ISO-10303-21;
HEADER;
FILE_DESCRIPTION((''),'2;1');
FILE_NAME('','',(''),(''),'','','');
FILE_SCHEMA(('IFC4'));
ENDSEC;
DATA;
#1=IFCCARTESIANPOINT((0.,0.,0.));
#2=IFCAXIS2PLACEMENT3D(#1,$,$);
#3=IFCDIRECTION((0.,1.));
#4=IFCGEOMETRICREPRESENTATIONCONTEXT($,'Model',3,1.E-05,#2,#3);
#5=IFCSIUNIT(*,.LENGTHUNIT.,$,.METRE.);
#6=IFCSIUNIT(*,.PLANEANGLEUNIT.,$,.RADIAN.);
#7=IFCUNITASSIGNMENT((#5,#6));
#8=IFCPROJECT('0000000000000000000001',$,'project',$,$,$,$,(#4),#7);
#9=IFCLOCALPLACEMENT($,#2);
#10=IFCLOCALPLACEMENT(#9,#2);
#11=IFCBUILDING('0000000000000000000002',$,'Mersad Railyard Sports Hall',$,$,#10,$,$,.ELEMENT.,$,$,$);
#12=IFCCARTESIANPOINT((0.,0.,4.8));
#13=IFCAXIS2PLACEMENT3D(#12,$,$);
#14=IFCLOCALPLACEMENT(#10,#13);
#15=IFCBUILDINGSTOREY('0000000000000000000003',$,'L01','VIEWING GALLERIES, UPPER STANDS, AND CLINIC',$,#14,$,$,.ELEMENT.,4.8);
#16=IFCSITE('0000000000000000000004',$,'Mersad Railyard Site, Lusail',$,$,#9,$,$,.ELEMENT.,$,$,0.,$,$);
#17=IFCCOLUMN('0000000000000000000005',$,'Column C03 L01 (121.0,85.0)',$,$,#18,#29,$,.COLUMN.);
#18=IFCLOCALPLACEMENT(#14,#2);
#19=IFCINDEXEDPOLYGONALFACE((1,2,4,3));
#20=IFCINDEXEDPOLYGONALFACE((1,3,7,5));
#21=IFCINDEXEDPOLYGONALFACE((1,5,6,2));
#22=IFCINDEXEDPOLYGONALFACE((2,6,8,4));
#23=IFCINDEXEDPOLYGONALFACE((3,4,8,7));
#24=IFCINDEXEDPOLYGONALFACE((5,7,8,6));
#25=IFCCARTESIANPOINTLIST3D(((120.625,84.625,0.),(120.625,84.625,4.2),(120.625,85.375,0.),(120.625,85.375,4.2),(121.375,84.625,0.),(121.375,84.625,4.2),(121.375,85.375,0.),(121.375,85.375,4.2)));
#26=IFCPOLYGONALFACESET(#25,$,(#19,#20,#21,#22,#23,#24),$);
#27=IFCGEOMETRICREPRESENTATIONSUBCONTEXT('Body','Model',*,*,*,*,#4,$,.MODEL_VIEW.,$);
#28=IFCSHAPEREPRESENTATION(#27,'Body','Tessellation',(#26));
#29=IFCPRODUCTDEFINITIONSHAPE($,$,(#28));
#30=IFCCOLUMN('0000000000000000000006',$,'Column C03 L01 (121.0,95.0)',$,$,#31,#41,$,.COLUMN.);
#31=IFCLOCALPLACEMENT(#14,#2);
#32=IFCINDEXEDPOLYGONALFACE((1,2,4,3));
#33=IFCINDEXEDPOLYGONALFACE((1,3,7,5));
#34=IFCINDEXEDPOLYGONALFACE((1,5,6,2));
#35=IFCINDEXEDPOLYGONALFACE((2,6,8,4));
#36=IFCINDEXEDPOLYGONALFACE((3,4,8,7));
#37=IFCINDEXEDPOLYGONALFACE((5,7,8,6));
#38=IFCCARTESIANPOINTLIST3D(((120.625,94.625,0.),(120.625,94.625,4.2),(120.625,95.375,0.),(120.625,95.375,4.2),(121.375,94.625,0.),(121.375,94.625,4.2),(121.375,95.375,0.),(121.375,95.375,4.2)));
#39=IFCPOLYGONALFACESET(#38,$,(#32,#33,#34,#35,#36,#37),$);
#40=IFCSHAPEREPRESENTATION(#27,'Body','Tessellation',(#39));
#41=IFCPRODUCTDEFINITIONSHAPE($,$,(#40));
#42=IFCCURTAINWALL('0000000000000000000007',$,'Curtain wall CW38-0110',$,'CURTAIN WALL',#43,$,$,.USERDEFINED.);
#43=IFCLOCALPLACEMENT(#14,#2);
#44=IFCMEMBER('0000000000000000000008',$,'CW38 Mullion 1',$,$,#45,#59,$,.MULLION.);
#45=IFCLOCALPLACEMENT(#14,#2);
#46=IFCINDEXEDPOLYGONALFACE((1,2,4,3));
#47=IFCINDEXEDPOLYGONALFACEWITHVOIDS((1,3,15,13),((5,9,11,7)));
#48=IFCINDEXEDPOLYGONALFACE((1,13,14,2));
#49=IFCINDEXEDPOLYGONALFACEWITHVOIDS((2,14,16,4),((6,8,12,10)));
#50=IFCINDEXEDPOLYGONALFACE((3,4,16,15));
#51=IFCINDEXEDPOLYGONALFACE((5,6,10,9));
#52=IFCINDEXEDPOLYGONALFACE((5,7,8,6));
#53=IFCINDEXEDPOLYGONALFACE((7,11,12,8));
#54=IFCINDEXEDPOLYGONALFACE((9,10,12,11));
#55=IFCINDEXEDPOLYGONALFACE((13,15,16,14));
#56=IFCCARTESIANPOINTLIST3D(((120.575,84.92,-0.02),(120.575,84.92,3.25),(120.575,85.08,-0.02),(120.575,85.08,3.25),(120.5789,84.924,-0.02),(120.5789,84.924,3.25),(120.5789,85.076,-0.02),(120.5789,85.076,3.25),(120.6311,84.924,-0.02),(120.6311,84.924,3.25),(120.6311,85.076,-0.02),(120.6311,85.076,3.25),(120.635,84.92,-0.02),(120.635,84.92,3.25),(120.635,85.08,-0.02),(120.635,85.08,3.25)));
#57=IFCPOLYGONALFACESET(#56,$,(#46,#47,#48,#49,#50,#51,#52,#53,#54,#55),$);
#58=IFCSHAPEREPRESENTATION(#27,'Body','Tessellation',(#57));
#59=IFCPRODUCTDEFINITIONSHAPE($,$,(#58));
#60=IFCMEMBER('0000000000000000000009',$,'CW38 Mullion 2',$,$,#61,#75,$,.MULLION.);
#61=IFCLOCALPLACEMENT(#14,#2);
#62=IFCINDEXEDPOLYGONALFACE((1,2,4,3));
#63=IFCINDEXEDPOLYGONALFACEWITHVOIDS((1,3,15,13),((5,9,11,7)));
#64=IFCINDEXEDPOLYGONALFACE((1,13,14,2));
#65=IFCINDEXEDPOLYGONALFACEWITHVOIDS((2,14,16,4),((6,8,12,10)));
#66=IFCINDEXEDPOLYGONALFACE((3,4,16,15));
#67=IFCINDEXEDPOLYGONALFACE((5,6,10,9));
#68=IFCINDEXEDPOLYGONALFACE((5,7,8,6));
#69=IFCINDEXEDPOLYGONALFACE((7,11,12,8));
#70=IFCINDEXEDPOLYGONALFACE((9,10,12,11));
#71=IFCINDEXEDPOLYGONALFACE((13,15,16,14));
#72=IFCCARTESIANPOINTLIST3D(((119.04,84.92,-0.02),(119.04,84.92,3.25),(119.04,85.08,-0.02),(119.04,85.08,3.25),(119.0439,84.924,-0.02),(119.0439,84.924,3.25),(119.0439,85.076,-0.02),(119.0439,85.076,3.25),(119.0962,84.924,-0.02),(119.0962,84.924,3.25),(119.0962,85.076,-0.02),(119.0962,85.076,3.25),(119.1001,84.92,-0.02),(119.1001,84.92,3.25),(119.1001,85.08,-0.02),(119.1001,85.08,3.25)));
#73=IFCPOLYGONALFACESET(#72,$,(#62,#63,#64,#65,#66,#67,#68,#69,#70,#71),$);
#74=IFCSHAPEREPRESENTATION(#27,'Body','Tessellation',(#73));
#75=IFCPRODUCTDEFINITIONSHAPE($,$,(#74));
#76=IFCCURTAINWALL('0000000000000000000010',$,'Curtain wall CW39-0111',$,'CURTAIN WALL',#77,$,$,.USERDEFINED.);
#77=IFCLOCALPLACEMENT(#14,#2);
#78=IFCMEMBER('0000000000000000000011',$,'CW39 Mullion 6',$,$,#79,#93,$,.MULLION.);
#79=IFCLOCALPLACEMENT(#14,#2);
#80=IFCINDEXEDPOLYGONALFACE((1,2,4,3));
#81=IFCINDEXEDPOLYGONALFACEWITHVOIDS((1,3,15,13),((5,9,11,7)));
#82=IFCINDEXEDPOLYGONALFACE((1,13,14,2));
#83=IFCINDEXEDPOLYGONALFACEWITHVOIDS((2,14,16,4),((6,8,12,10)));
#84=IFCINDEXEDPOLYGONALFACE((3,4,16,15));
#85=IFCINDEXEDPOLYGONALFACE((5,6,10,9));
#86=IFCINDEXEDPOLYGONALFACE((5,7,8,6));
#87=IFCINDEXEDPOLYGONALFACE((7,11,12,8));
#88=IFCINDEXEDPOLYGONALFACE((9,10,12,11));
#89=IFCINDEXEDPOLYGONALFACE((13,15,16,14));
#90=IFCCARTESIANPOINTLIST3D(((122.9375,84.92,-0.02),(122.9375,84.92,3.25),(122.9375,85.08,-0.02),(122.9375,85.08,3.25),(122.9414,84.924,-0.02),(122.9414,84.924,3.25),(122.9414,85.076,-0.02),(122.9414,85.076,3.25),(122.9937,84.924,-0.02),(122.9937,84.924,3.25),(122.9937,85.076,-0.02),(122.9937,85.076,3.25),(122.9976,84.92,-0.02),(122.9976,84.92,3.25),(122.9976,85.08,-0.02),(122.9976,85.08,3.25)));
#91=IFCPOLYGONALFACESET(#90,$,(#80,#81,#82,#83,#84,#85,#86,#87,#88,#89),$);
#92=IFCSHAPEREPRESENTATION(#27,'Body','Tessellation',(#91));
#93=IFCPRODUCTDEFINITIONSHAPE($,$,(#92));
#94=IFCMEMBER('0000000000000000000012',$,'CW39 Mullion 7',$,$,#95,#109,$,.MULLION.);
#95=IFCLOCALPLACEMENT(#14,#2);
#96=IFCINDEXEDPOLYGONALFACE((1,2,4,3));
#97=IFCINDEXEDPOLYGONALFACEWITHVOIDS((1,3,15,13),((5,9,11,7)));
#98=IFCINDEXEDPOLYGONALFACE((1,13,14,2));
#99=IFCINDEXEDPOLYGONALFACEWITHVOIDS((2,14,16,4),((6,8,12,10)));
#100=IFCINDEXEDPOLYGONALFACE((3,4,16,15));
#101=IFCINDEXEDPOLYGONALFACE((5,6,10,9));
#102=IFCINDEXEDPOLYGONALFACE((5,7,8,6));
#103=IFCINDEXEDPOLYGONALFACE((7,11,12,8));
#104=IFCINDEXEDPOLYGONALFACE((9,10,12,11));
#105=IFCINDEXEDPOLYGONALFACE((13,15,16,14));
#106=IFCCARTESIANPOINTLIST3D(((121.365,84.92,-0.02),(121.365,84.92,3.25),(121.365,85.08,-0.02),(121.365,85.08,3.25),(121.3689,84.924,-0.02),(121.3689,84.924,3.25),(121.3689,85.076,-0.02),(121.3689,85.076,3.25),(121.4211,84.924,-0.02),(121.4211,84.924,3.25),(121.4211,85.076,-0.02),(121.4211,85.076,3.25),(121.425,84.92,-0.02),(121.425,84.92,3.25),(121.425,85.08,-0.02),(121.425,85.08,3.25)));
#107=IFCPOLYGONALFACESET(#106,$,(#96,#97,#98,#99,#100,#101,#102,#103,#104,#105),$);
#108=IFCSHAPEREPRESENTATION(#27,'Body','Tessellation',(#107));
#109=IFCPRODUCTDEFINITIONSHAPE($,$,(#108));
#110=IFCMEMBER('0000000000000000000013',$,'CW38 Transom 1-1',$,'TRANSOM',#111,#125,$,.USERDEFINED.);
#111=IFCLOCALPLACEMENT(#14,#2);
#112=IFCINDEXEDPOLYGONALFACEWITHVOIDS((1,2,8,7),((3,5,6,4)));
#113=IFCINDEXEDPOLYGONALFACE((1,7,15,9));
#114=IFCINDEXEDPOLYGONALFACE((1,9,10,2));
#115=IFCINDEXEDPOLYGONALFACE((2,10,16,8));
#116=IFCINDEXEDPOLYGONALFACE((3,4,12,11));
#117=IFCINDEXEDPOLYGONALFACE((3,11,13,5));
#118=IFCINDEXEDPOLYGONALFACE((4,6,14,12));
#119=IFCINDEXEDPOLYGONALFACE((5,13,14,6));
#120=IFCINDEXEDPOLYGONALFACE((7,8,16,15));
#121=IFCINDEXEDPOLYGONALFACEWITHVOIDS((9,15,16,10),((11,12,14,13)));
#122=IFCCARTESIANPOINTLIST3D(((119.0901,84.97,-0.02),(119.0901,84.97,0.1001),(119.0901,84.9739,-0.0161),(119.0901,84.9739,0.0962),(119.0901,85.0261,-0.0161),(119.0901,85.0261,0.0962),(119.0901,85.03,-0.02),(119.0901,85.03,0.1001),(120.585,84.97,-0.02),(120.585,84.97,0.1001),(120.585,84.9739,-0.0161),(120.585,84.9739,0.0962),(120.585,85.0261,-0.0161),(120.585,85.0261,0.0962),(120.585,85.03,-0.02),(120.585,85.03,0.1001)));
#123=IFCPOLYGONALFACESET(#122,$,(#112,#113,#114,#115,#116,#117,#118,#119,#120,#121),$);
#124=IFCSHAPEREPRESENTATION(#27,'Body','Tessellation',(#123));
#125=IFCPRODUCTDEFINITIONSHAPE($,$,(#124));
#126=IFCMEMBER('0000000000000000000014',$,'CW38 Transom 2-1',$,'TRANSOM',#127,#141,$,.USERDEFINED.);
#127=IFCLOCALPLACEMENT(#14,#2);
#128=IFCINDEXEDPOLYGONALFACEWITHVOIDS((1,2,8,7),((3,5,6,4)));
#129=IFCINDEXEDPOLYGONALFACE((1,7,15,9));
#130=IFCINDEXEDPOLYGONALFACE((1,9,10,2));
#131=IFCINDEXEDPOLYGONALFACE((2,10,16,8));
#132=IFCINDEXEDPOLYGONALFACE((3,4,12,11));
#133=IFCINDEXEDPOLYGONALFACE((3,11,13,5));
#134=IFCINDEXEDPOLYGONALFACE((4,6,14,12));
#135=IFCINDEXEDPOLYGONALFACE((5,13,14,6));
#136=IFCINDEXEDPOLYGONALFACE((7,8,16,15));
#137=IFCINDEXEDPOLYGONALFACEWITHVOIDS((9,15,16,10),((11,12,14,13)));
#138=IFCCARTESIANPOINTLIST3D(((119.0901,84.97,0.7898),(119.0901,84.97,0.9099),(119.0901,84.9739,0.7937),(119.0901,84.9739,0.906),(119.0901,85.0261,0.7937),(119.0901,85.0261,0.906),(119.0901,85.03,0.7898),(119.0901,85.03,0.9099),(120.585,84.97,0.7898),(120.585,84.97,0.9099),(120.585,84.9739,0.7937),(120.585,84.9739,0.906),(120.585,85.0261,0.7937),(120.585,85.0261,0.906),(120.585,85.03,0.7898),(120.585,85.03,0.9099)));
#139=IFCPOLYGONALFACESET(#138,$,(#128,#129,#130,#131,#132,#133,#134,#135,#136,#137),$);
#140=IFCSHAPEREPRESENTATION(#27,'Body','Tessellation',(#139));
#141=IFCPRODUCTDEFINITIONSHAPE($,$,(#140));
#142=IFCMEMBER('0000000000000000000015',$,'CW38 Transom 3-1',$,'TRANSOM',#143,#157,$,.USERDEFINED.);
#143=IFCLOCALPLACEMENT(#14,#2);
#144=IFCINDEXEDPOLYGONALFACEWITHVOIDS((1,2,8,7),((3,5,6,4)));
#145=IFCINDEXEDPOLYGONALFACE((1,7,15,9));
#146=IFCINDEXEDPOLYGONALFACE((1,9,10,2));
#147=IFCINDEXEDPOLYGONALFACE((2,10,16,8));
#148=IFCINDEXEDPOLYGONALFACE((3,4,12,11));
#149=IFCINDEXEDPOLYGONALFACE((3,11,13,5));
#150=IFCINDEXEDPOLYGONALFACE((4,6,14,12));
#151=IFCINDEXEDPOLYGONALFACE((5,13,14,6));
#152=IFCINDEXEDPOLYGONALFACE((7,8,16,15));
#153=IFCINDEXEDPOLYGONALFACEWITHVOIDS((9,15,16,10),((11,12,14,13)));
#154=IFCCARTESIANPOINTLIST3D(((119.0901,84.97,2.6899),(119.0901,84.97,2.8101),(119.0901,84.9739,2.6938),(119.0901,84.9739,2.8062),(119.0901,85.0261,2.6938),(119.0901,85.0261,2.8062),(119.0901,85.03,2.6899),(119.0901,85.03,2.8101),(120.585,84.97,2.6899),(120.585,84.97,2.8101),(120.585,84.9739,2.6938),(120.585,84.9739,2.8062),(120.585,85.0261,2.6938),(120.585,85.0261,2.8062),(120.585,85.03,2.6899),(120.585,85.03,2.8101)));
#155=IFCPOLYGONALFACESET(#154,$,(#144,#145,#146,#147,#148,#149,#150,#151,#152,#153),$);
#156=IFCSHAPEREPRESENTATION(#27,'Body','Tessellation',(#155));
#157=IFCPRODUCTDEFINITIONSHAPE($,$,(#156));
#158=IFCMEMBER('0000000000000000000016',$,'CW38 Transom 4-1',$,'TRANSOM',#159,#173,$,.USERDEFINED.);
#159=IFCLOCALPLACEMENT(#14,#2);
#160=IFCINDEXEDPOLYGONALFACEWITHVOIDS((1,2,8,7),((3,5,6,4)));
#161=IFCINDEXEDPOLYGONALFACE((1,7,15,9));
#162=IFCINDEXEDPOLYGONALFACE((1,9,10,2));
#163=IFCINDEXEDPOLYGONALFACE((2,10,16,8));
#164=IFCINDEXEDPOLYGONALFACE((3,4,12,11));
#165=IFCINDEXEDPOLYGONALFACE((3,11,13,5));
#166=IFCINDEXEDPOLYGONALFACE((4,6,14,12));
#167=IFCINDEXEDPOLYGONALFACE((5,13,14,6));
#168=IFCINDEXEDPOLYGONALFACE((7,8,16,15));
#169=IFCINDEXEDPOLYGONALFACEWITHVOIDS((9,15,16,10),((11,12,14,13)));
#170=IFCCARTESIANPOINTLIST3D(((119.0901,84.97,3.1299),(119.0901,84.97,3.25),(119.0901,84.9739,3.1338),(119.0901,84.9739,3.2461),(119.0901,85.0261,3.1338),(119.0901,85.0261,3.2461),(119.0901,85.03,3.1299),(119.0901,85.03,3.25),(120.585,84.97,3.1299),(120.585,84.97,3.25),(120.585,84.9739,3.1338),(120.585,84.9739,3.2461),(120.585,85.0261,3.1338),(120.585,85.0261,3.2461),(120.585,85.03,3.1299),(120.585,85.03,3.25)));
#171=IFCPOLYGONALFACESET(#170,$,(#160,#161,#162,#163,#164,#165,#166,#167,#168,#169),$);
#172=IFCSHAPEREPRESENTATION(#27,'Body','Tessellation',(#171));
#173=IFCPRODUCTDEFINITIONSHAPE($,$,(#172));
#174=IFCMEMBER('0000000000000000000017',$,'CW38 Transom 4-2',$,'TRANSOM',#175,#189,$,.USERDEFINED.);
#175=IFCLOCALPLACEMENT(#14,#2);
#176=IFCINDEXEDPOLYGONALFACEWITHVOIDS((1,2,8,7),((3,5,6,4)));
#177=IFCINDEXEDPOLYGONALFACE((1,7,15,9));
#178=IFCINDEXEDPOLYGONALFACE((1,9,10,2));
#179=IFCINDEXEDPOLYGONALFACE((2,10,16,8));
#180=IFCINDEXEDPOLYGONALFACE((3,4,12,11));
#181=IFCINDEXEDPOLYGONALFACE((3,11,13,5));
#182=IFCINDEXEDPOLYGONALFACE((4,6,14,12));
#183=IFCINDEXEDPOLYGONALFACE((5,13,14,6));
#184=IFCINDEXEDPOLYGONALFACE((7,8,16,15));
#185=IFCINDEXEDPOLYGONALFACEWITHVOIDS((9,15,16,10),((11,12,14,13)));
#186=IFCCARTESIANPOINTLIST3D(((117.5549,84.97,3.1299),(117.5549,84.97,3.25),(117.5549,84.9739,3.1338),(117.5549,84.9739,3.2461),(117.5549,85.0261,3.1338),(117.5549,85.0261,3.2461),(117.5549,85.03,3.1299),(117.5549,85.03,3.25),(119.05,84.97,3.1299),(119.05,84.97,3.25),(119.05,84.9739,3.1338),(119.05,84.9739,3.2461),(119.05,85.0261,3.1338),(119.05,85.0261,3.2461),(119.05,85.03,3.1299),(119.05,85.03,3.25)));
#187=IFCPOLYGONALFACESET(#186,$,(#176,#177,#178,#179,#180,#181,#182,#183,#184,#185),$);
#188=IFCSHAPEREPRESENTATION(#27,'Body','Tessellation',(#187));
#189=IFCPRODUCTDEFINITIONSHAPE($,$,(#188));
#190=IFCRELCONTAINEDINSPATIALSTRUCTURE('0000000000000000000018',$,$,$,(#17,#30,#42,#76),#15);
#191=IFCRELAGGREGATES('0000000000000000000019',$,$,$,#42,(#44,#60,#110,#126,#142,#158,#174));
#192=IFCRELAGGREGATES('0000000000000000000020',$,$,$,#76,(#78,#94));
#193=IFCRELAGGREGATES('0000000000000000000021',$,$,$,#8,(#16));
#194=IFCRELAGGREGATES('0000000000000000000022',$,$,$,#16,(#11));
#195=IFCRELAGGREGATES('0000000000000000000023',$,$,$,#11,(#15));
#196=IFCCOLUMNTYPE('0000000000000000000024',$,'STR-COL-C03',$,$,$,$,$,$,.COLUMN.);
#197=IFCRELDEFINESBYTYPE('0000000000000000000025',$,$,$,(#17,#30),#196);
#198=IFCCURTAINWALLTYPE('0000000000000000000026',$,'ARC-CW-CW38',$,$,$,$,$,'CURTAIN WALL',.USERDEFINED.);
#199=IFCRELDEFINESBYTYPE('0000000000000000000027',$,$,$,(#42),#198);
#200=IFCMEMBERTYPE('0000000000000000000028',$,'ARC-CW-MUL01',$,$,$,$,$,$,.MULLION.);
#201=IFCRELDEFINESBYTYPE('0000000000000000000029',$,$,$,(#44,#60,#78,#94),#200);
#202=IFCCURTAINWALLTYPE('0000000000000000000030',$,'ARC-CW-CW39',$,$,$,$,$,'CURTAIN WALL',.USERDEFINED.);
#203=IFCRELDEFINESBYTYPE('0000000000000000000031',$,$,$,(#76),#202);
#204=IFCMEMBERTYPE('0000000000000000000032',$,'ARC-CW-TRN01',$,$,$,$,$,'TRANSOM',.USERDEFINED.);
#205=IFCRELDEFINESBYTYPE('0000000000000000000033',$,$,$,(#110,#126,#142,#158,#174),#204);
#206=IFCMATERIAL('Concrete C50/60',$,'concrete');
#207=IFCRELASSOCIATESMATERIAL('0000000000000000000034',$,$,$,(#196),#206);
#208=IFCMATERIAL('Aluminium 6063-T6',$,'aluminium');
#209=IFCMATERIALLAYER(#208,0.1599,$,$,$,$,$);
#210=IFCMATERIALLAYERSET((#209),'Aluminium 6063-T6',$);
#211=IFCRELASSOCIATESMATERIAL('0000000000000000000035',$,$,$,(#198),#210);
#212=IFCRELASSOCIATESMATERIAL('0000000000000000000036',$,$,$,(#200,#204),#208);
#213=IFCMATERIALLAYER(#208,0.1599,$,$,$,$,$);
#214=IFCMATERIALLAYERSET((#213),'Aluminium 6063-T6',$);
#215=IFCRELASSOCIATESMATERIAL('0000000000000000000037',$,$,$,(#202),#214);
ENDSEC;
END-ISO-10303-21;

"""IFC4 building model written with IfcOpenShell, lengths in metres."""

from ifc_helpers import new_model, si_unit, direction, frame, origin, origin_2d, place, context, subcontext, project, spatial, rectangle, hollow_rectangle, extrude, material, layer, layer_set, material_profile, profile_set, type_object, element, aggregate, save


model = new_model("IFC4")

# Units and contexts
model_context = context("Model", 3, precision=1e-05, world=origin(), true_north=direction((0.0, 1.0)))
body_context = subcontext(model_context, "Body", "Model", "MODEL_VIEW")
ifc_project = project(units=[si_unit("LENGTHUNIT", "METRE"), si_unit("PLANEANGLEUNIT", "RADIAN")], contexts=[model_context])

# Site, building, storey
site_placement = place(None, origin())
site = spatial("IfcSite", under=ifc_project, at=site_placement, Name="Mersad Railyard Site, Lusail", CompositionType="ELEMENT", RefElevation=0.0)
building_placement = place(site_placement, origin())
building = spatial("IfcBuilding", under=site, at=building_placement, Name="Mersad Railyard Sports Hall", CompositionType="ELEMENT")
storey_placement = place(building_placement, frame((0.0, 0.0, 4.8)))
storey = spatial("IfcBuildingStorey", under=building, at=storey_placement, Name="L01", Description="VIEWING GALLERIES, UPPER STANDS, AND CLINIC", CompositionType="ELEMENT", Elevation=4.8)

# Columns
ifc_material_1 = material(Name="Concrete C50/60", Category="concrete")
ifc_material_profile_1 = material_profile(ifc_material_1, rectangle(XDim=0.75, YDim=0.75, at=origin_2d()), Name="RC 750x750")
ifc_profile_set_1 = profile_set([ifc_material_profile_1], Name="Concrete C50/60")
column_type = type_object("IfcColumnType", Name="STR-COL-C03", PredefinedType="COLUMN", material=ifc_profile_set_1)
for number, where, z_axis, x_axis, name in (
    (1, (121.0, 85.0, 0.0), (0.0, 0.0, 1.0), (1.0, 0.0, 0.0), "Column C03 L01 (121.0,85.0)"),
    (2, (121.0, 95.0, 0.0), (0.0, 0.0, 1.0), (1.0, 0.0, 0.0), "Column C03 L01 (121.0,95.0)"),
):
    element("IfcColumn", number, at=place(storey_placement, frame(where, z_axis=z_axis, x_axis=x_axis)), inside=storey, type_object=column_type, Name=name, PredefinedType="COLUMN", context=body_context, shape_type="SweptSolid", body=[
        extrude(rectangle(XDim=0.75, YDim=0.75, at=origin_2d()), origin(), (0.0, 0.0, 1.0), 4.2),
    ])

# Curtain walls, members
ifc_material_2 = material(Name="Aluminium 6063-T6", Category="aluminium")
ifc_layer_1 = layer(ifc_material_2, 0.1599)
ifc_layer_set_1 = layer_set([ifc_layer_1], Name="Aluminium 6063-T6")
curtain_wall_type_1 = type_object("IfcCurtainWallType", Name="ARC-CW-CW38", ElementType="CURTAIN WALL", PredefinedType="USERDEFINED", material=ifc_layer_set_1)
curtain_wall_1_placement = place(storey_placement, origin())
curtain_wall_1 = element("IfcCurtainWall", 3, at=curtain_wall_1_placement, inside=storey, type_object=curtain_wall_type_1, Name="Curtain wall CW38-0110", ObjectType="CURTAIN WALL", PredefinedType="USERDEFINED")
ifc_material_profile_2 = material_profile(ifc_material_2, hollow_rectangle(XDim=0.0601, YDim=0.1599, WallThickness=0.0039, at=origin_2d()), Name="AL MULLION 60x160x4")
ifc_profile_set_2 = profile_set([ifc_material_profile_2], Name="Aluminium 6063-T6")
member_type_1 = type_object("IfcMemberType", Name="ARC-CW-MUL01", PredefinedType="MULLION", material=ifc_profile_set_2)
member_1_placement = place(storey_placement, frame((120.605, 85.0, -0.02), z_axis=(0.0, 0.0, 1.0), x_axis=(1.0, 0.0, 0.0)))
member_1 = element("IfcMember", 4, at=member_1_placement, type_object=member_type_1, Name="CW38 Mullion 1", PredefinedType="MULLION", context=body_context, shape_type="SweptSolid", body=[
    extrude(hollow_rectangle(XDim=0.0601, YDim=0.1599, WallThickness=0.0039, at=origin_2d()), origin(), (0.0, 0.0, 1.0), 3.27),
])
member_2_placement = place(storey_placement, frame((119.0701, 85.0, -0.02), z_axis=(0.0, 0.0, 1.0), x_axis=(1.0, 0.0, 0.0)))
member_2 = element("IfcMember", 5, at=member_2_placement, type_object=member_type_1, Name="CW38 Mullion 2", PredefinedType="MULLION", context=body_context, shape_type="SweptSolid", body=[
    extrude(hollow_rectangle(XDim=0.0601, YDim=0.1599, WallThickness=0.0039, at=origin_2d()), origin(), (0.0, 0.0, 1.0), 3.27),
])
ifc_layer_2 = layer(ifc_material_2, 0.1599)
ifc_layer_set_2 = layer_set([ifc_layer_2], Name="Aluminium 6063-T6")
curtain_wall_type_2 = type_object("IfcCurtainWallType", Name="ARC-CW-CW39", ElementType="CURTAIN WALL", PredefinedType="USERDEFINED", material=ifc_layer_set_2)
curtain_wall_2_placement = place(storey_placement, origin())
curtain_wall_2 = element("IfcCurtainWall", 6, at=curtain_wall_2_placement, inside=storey, type_object=curtain_wall_type_2, Name="Curtain wall CW39-0111", ObjectType="CURTAIN WALL", PredefinedType="USERDEFINED")
member_3_placement = place(storey_placement, frame((122.9675, 85.0, -0.02), z_axis=(0.0, 0.0, 1.0), x_axis=(1.0, 0.0, 0.0)))
member_3 = element("IfcMember", 7, at=member_3_placement, type_object=member_type_1, Name="CW39 Mullion 6", PredefinedType="MULLION", context=body_context, shape_type="SweptSolid", body=[
    extrude(hollow_rectangle(XDim=0.0601, YDim=0.1599, WallThickness=0.0039, at=origin_2d()), origin(), (0.0, 0.0, 1.0), 3.27),
])
member_4_placement = place(storey_placement, frame((121.395, 85.0, -0.02), z_axis=(0.0, 0.0, 1.0), x_axis=(1.0, 0.0, 0.0)))
member_4 = element("IfcMember", 8, at=member_4_placement, type_object=member_type_1, Name="CW39 Mullion 7", PredefinedType="MULLION", context=body_context, shape_type="SweptSolid", body=[
    extrude(hollow_rectangle(XDim=0.0601, YDim=0.1599, WallThickness=0.0039, at=origin_2d()), origin(), (0.0, 0.0, 1.0), 3.27),
])

# Members
ifc_material_profile_3 = material_profile(ifc_material_2, hollow_rectangle(XDim=0.0601, YDim=0.1201, WallThickness=0.0039, at=origin_2d()), Name="AL TRANSOM 60x120x4")
ifc_profile_set_3 = profile_set([ifc_material_profile_3], Name="Aluminium 6063-T6")
member_type_2 = type_object("IfcMemberType", Name="ARC-CW-TRN01", ElementType="TRANSOM", PredefinedType="USERDEFINED", material=ifc_profile_set_3)
member_5_placement = place(storey_placement, frame((120.585, 85.0, 0.04), z_axis=(-1.0, 0.0, 0.0), x_axis=(0.0, -1.0, 0.0)))
member_5 = element("IfcMember", 9, at=member_5_placement, type_object=member_type_2, Name="CW38 Transom 1-1", ObjectType="TRANSOM", PredefinedType="USERDEFINED", context=body_context, shape_type="SweptSolid", body=[
    extrude(hollow_rectangle(XDim=0.0601, YDim=0.1201, WallThickness=0.0039, at=origin_2d()), origin(), (0.0, 0.0, 1.0), 1.4949),
])
member_6_placement = place(storey_placement, frame((120.585, 85.0, 0.8499), z_axis=(-1.0, 0.0, 0.0), x_axis=(0.0, -1.0, 0.0)))
member_6 = element("IfcMember", 10, at=member_6_placement, type_object=member_type_2, Name="CW38 Transom 2-1", ObjectType="TRANSOM", PredefinedType="USERDEFINED", context=body_context, shape_type="SweptSolid", body=[
    extrude(hollow_rectangle(XDim=0.0601, YDim=0.1201, WallThickness=0.0039, at=origin_2d()), origin(), (0.0, 0.0, 1.0), 1.4949),
])
member_7_placement = place(storey_placement, frame((120.585, 85.0, 2.75), z_axis=(-1.0, 0.0, 0.0), x_axis=(0.0, -1.0, 0.0)))
member_7 = element("IfcMember", 11, at=member_7_placement, type_object=member_type_2, Name="CW38 Transom 3-1", ObjectType="TRANSOM", PredefinedType="USERDEFINED", context=body_context, shape_type="SweptSolid", body=[
    extrude(hollow_rectangle(XDim=0.0601, YDim=0.1201, WallThickness=0.0039, at=origin_2d()), origin(), (0.0, 0.0, 1.0), 1.4949),
])
member_8_placement = place(storey_placement, frame((120.585, 85.0, 3.1899), z_axis=(-1.0, 0.0, 0.0), x_axis=(0.0, -1.0, 0.0)))
member_8 = element("IfcMember", 12, at=member_8_placement, type_object=member_type_2, Name="CW38 Transom 4-1", ObjectType="TRANSOM", PredefinedType="USERDEFINED", context=body_context, shape_type="SweptSolid", body=[
    extrude(hollow_rectangle(XDim=0.0601, YDim=0.1201, WallThickness=0.0039, at=origin_2d()), origin(), (0.0, 0.0, 1.0), 1.4949),
])
member_9_placement = place(storey_placement, frame((119.05, 85.0, 3.1899), z_axis=(-1.0, 0.0, 0.0), x_axis=(0.0, -1.0, 0.0)))
member_9 = element("IfcMember", 13, at=member_9_placement, type_object=member_type_2, Name="CW38 Transom 4-2", ObjectType="TRANSOM", PredefinedType="USERDEFINED", context=body_context, shape_type="SweptSolid", body=[
    extrude(hollow_rectangle(XDim=0.0601, YDim=0.1201, WallThickness=0.0039, at=origin_2d()), origin(), (0.0, 0.0, 1.0), 1.4951),
])

aggregate(curtain_wall_1, [member_1, member_2, member_5, member_6, member_7, member_8, member_9])
aggregate(curtain_wall_2, [member_3, member_4])

save(model, "model.ifc")
